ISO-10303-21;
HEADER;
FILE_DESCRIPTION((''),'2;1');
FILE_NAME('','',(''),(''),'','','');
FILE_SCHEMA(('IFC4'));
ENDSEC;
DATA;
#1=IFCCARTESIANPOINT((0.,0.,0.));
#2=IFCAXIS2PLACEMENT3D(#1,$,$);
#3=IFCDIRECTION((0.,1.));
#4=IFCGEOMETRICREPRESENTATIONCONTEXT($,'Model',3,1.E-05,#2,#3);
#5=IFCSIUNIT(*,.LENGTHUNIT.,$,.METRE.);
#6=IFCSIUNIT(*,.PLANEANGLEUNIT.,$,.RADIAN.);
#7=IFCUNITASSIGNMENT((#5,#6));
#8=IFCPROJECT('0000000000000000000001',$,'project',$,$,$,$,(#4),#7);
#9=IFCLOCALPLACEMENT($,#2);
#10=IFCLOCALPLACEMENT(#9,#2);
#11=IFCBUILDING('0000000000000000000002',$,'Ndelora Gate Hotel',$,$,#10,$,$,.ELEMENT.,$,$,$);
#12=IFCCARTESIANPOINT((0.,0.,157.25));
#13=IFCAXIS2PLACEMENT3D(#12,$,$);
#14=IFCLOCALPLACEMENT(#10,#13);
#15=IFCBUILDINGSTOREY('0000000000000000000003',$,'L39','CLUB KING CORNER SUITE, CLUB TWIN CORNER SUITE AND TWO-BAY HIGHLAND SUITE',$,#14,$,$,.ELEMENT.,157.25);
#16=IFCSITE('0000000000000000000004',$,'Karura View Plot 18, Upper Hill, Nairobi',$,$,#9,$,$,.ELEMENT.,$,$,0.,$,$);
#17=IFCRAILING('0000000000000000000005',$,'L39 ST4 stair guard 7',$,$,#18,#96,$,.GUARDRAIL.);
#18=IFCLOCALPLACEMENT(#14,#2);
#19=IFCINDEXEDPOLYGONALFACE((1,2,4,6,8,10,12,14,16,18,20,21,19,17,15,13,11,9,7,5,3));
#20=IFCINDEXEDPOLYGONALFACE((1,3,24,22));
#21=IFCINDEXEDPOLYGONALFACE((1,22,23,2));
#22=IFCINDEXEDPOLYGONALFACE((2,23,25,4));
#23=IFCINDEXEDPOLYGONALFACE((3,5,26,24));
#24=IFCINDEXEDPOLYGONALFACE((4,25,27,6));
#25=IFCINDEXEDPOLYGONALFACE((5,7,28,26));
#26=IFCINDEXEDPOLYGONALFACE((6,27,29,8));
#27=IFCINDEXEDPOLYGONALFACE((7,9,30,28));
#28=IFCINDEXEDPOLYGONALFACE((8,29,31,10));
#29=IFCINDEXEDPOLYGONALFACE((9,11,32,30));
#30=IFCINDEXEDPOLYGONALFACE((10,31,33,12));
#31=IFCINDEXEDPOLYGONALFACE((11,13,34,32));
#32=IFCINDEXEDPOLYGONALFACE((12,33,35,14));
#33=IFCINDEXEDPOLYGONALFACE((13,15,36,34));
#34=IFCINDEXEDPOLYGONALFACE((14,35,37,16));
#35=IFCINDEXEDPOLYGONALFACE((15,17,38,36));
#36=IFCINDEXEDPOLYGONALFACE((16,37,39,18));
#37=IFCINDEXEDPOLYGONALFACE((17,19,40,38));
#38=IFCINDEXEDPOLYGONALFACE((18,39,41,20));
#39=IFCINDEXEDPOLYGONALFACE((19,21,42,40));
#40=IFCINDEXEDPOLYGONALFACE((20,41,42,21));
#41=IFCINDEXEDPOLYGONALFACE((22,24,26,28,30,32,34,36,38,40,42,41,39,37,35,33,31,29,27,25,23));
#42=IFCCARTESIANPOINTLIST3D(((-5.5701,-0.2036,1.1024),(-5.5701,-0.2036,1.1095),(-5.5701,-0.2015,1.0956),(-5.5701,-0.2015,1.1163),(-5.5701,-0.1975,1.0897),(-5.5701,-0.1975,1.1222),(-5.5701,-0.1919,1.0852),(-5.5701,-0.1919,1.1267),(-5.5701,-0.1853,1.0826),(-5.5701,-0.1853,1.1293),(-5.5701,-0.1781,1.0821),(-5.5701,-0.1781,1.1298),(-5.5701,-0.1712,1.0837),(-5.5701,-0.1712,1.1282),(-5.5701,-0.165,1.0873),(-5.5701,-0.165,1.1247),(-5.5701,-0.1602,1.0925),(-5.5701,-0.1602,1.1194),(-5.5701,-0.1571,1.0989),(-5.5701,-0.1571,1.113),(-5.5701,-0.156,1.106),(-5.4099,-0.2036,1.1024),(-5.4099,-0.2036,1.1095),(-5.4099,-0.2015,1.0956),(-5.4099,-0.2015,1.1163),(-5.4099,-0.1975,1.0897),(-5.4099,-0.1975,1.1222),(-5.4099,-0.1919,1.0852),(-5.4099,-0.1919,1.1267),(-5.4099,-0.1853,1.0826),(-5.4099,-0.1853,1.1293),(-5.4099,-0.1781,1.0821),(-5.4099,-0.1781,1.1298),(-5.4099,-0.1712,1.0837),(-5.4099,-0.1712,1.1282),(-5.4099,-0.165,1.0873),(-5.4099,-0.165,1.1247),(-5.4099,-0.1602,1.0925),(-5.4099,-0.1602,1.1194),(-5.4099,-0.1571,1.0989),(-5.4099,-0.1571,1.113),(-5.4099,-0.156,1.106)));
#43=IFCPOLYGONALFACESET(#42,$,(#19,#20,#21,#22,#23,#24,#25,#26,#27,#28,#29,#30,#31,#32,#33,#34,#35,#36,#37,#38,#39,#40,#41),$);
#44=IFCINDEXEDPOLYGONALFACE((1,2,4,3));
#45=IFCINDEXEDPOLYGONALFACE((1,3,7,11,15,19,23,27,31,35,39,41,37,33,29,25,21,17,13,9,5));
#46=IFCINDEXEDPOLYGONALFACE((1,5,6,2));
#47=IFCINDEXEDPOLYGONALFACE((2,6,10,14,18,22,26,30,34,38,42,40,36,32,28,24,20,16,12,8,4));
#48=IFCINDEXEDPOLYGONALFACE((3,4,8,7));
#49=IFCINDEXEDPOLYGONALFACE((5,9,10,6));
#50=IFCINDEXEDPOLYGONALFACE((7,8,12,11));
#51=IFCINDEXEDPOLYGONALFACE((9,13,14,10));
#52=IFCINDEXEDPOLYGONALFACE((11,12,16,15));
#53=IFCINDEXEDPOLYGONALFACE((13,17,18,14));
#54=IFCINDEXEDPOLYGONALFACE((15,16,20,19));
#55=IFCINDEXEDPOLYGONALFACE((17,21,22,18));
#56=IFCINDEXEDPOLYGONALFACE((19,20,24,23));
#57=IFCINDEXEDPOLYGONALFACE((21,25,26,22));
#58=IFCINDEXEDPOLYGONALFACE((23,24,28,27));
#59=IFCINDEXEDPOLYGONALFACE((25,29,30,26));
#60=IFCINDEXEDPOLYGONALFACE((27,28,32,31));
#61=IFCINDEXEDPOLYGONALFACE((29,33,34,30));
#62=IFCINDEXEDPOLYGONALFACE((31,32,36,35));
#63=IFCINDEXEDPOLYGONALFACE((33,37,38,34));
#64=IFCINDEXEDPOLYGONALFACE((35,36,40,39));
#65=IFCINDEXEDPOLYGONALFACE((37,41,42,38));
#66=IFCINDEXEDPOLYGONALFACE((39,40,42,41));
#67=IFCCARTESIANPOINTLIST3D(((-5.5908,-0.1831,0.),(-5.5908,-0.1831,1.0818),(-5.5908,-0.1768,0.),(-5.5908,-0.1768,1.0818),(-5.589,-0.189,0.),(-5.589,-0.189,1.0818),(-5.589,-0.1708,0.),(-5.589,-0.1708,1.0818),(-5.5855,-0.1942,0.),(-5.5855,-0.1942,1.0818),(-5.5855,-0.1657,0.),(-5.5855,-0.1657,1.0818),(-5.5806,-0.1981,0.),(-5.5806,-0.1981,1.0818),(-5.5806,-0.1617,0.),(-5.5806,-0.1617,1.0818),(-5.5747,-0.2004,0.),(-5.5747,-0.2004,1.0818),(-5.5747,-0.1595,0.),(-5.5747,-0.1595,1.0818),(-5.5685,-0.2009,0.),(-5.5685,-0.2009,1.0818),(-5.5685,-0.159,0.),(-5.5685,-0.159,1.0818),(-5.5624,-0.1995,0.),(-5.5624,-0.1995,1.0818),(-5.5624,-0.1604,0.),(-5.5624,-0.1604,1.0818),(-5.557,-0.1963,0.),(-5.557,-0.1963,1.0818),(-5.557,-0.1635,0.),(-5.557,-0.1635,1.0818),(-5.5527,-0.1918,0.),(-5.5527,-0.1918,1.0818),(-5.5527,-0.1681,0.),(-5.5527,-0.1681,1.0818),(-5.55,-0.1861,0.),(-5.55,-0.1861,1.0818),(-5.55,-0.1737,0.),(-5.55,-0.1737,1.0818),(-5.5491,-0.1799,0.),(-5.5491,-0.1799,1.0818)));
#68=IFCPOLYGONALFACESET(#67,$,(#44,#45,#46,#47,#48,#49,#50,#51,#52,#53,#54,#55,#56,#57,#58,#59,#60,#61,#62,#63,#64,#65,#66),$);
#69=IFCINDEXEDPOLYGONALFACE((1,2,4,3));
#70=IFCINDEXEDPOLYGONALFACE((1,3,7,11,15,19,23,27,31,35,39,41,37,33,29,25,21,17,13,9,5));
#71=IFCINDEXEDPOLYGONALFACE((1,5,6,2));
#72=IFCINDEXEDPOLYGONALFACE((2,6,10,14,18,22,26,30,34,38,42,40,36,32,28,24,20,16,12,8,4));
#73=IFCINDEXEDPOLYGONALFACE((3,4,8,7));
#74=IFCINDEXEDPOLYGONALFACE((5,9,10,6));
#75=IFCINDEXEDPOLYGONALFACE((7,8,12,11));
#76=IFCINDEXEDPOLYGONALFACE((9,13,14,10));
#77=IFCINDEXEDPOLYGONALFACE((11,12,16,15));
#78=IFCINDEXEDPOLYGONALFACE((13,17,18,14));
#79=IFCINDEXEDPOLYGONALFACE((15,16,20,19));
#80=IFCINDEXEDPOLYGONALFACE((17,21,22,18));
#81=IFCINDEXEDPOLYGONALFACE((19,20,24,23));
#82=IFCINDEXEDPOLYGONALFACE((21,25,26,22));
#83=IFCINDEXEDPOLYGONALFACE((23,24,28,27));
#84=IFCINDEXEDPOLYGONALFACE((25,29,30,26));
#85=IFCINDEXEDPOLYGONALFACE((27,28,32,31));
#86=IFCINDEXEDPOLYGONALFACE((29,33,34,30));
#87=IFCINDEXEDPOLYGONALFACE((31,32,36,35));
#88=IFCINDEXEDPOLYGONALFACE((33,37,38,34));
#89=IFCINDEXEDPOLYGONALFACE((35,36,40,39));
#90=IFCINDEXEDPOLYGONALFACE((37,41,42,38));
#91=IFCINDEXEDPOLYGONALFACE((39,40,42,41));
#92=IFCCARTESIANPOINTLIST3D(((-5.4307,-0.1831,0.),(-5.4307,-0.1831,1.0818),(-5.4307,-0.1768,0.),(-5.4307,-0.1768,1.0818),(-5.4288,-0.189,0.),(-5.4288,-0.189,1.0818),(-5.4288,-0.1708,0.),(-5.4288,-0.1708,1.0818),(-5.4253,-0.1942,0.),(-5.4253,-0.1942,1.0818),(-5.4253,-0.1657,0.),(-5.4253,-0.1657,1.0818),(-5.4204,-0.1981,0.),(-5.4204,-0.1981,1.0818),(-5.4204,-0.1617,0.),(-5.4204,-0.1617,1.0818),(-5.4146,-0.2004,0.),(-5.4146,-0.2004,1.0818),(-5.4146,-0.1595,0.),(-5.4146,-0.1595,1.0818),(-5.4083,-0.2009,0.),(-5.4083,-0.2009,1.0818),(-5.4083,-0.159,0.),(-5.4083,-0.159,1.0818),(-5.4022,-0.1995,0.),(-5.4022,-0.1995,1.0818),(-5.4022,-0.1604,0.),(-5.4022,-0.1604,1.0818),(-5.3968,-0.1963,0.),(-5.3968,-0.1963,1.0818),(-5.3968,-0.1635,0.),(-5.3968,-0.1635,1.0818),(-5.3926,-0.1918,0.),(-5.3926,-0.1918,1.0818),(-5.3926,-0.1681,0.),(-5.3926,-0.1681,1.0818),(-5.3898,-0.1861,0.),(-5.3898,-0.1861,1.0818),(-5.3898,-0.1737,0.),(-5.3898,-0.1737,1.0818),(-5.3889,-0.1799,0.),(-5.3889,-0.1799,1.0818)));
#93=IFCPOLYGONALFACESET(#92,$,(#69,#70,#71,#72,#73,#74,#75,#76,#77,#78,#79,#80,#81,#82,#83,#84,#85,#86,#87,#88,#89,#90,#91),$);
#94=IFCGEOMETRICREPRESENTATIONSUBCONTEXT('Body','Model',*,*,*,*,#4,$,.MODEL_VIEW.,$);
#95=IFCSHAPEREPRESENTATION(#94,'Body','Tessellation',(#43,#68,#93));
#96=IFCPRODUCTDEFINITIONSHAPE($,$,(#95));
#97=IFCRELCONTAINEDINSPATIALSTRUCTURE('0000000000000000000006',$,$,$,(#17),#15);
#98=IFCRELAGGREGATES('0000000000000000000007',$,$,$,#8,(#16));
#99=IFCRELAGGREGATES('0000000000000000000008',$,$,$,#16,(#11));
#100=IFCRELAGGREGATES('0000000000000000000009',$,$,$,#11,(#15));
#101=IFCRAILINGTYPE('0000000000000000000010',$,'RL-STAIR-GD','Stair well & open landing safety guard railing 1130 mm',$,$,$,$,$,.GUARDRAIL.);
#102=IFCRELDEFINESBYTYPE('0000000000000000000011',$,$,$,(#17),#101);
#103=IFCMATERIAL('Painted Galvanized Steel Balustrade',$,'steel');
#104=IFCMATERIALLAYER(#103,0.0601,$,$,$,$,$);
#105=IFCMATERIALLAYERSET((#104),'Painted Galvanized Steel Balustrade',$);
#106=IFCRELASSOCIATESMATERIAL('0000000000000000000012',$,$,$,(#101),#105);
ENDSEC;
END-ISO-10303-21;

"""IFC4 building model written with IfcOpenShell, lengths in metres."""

from ifc_helpers import new_model, si_unit, direction, frame, origin, origin_2d, place, context, subcontext, project, spatial, circle, extrude, material, layer, layer_set, type_object, element, save


model = new_model("IFC4")

# Units and contexts
model_context = context("Model", 3, precision=1e-05, world=origin(), true_north=direction((0.0, 1.0)))
body_context = subcontext(model_context, "Body", "Model", "MODEL_VIEW")
ifc_project = project(units=[si_unit("LENGTHUNIT", "METRE"), si_unit("PLANEANGLEUNIT", "RADIAN")], contexts=[model_context])

# Site, building, storey
site_placement = place(None, origin())
site = spatial("IfcSite", under=ifc_project, at=site_placement, Name="Karura View Plot 18, Upper Hill, Nairobi", CompositionType="ELEMENT", RefElevation=0.0)
building_placement = place(site_placement, origin())
building = spatial("IfcBuilding", under=site, at=building_placement, Name="Ndelora Gate Hotel", CompositionType="ELEMENT")
storey_placement = place(building_placement, frame((0.0, 0.0, 157.25)))
storey = spatial("IfcBuildingStorey", under=building, at=storey_placement, Name="L39", Description="CLUB KING CORNER SUITE, CLUB TWIN CORNER SUITE AND TWO-BAY HIGHLAND SUITE", CompositionType="ELEMENT", Elevation=157.25)

# Railing
ifc_material_1 = material(Name="Painted Galvanized Steel Balustrade", Category="steel")
ifc_layer_1 = layer(ifc_material_1, 0.0601)
ifc_layer_set_1 = layer_set([ifc_layer_1], Name="Painted Galvanized Steel Balustrade")
railing_type_1 = type_object("IfcRailingType", Name="RL-STAIR-GD", Description="Stair well & open landing safety guard railing 1130 mm", PredefinedType="GUARDRAIL", material=ifc_layer_set_1)
railing_1_placement = place(storey_placement, frame((-5.5701, -0.1799, 0.0)))
element("IfcRailing", 1, at=railing_1_placement, inside=storey, type_object=railing_type_1, Name="L39 ST4 stair guard 7", PredefinedType="GUARDRAIL", context=body_context, shape_type="SweptSolid", body=[
    extrude(circle(Radius=0.0239, at=origin_2d()), frame((0.0, 0.0, 1.106), z_axis=(1.0, 0.0, 0.0), x_axis=(0.0, 1.0, 0.0)), (0.0, 0.0, 1.0), 0.1602),
    extrude(circle(Radius=0.021, at=origin_2d()), origin(), (0.0, 0.0, 1.0), 1.0818),
    extrude(circle(Radius=0.021, at=origin_2d()), frame((0.1602, 0.0, 0.0)), (0.0, 0.0, 1.0), 1.0818),
])

save(model, "model.ifc")
